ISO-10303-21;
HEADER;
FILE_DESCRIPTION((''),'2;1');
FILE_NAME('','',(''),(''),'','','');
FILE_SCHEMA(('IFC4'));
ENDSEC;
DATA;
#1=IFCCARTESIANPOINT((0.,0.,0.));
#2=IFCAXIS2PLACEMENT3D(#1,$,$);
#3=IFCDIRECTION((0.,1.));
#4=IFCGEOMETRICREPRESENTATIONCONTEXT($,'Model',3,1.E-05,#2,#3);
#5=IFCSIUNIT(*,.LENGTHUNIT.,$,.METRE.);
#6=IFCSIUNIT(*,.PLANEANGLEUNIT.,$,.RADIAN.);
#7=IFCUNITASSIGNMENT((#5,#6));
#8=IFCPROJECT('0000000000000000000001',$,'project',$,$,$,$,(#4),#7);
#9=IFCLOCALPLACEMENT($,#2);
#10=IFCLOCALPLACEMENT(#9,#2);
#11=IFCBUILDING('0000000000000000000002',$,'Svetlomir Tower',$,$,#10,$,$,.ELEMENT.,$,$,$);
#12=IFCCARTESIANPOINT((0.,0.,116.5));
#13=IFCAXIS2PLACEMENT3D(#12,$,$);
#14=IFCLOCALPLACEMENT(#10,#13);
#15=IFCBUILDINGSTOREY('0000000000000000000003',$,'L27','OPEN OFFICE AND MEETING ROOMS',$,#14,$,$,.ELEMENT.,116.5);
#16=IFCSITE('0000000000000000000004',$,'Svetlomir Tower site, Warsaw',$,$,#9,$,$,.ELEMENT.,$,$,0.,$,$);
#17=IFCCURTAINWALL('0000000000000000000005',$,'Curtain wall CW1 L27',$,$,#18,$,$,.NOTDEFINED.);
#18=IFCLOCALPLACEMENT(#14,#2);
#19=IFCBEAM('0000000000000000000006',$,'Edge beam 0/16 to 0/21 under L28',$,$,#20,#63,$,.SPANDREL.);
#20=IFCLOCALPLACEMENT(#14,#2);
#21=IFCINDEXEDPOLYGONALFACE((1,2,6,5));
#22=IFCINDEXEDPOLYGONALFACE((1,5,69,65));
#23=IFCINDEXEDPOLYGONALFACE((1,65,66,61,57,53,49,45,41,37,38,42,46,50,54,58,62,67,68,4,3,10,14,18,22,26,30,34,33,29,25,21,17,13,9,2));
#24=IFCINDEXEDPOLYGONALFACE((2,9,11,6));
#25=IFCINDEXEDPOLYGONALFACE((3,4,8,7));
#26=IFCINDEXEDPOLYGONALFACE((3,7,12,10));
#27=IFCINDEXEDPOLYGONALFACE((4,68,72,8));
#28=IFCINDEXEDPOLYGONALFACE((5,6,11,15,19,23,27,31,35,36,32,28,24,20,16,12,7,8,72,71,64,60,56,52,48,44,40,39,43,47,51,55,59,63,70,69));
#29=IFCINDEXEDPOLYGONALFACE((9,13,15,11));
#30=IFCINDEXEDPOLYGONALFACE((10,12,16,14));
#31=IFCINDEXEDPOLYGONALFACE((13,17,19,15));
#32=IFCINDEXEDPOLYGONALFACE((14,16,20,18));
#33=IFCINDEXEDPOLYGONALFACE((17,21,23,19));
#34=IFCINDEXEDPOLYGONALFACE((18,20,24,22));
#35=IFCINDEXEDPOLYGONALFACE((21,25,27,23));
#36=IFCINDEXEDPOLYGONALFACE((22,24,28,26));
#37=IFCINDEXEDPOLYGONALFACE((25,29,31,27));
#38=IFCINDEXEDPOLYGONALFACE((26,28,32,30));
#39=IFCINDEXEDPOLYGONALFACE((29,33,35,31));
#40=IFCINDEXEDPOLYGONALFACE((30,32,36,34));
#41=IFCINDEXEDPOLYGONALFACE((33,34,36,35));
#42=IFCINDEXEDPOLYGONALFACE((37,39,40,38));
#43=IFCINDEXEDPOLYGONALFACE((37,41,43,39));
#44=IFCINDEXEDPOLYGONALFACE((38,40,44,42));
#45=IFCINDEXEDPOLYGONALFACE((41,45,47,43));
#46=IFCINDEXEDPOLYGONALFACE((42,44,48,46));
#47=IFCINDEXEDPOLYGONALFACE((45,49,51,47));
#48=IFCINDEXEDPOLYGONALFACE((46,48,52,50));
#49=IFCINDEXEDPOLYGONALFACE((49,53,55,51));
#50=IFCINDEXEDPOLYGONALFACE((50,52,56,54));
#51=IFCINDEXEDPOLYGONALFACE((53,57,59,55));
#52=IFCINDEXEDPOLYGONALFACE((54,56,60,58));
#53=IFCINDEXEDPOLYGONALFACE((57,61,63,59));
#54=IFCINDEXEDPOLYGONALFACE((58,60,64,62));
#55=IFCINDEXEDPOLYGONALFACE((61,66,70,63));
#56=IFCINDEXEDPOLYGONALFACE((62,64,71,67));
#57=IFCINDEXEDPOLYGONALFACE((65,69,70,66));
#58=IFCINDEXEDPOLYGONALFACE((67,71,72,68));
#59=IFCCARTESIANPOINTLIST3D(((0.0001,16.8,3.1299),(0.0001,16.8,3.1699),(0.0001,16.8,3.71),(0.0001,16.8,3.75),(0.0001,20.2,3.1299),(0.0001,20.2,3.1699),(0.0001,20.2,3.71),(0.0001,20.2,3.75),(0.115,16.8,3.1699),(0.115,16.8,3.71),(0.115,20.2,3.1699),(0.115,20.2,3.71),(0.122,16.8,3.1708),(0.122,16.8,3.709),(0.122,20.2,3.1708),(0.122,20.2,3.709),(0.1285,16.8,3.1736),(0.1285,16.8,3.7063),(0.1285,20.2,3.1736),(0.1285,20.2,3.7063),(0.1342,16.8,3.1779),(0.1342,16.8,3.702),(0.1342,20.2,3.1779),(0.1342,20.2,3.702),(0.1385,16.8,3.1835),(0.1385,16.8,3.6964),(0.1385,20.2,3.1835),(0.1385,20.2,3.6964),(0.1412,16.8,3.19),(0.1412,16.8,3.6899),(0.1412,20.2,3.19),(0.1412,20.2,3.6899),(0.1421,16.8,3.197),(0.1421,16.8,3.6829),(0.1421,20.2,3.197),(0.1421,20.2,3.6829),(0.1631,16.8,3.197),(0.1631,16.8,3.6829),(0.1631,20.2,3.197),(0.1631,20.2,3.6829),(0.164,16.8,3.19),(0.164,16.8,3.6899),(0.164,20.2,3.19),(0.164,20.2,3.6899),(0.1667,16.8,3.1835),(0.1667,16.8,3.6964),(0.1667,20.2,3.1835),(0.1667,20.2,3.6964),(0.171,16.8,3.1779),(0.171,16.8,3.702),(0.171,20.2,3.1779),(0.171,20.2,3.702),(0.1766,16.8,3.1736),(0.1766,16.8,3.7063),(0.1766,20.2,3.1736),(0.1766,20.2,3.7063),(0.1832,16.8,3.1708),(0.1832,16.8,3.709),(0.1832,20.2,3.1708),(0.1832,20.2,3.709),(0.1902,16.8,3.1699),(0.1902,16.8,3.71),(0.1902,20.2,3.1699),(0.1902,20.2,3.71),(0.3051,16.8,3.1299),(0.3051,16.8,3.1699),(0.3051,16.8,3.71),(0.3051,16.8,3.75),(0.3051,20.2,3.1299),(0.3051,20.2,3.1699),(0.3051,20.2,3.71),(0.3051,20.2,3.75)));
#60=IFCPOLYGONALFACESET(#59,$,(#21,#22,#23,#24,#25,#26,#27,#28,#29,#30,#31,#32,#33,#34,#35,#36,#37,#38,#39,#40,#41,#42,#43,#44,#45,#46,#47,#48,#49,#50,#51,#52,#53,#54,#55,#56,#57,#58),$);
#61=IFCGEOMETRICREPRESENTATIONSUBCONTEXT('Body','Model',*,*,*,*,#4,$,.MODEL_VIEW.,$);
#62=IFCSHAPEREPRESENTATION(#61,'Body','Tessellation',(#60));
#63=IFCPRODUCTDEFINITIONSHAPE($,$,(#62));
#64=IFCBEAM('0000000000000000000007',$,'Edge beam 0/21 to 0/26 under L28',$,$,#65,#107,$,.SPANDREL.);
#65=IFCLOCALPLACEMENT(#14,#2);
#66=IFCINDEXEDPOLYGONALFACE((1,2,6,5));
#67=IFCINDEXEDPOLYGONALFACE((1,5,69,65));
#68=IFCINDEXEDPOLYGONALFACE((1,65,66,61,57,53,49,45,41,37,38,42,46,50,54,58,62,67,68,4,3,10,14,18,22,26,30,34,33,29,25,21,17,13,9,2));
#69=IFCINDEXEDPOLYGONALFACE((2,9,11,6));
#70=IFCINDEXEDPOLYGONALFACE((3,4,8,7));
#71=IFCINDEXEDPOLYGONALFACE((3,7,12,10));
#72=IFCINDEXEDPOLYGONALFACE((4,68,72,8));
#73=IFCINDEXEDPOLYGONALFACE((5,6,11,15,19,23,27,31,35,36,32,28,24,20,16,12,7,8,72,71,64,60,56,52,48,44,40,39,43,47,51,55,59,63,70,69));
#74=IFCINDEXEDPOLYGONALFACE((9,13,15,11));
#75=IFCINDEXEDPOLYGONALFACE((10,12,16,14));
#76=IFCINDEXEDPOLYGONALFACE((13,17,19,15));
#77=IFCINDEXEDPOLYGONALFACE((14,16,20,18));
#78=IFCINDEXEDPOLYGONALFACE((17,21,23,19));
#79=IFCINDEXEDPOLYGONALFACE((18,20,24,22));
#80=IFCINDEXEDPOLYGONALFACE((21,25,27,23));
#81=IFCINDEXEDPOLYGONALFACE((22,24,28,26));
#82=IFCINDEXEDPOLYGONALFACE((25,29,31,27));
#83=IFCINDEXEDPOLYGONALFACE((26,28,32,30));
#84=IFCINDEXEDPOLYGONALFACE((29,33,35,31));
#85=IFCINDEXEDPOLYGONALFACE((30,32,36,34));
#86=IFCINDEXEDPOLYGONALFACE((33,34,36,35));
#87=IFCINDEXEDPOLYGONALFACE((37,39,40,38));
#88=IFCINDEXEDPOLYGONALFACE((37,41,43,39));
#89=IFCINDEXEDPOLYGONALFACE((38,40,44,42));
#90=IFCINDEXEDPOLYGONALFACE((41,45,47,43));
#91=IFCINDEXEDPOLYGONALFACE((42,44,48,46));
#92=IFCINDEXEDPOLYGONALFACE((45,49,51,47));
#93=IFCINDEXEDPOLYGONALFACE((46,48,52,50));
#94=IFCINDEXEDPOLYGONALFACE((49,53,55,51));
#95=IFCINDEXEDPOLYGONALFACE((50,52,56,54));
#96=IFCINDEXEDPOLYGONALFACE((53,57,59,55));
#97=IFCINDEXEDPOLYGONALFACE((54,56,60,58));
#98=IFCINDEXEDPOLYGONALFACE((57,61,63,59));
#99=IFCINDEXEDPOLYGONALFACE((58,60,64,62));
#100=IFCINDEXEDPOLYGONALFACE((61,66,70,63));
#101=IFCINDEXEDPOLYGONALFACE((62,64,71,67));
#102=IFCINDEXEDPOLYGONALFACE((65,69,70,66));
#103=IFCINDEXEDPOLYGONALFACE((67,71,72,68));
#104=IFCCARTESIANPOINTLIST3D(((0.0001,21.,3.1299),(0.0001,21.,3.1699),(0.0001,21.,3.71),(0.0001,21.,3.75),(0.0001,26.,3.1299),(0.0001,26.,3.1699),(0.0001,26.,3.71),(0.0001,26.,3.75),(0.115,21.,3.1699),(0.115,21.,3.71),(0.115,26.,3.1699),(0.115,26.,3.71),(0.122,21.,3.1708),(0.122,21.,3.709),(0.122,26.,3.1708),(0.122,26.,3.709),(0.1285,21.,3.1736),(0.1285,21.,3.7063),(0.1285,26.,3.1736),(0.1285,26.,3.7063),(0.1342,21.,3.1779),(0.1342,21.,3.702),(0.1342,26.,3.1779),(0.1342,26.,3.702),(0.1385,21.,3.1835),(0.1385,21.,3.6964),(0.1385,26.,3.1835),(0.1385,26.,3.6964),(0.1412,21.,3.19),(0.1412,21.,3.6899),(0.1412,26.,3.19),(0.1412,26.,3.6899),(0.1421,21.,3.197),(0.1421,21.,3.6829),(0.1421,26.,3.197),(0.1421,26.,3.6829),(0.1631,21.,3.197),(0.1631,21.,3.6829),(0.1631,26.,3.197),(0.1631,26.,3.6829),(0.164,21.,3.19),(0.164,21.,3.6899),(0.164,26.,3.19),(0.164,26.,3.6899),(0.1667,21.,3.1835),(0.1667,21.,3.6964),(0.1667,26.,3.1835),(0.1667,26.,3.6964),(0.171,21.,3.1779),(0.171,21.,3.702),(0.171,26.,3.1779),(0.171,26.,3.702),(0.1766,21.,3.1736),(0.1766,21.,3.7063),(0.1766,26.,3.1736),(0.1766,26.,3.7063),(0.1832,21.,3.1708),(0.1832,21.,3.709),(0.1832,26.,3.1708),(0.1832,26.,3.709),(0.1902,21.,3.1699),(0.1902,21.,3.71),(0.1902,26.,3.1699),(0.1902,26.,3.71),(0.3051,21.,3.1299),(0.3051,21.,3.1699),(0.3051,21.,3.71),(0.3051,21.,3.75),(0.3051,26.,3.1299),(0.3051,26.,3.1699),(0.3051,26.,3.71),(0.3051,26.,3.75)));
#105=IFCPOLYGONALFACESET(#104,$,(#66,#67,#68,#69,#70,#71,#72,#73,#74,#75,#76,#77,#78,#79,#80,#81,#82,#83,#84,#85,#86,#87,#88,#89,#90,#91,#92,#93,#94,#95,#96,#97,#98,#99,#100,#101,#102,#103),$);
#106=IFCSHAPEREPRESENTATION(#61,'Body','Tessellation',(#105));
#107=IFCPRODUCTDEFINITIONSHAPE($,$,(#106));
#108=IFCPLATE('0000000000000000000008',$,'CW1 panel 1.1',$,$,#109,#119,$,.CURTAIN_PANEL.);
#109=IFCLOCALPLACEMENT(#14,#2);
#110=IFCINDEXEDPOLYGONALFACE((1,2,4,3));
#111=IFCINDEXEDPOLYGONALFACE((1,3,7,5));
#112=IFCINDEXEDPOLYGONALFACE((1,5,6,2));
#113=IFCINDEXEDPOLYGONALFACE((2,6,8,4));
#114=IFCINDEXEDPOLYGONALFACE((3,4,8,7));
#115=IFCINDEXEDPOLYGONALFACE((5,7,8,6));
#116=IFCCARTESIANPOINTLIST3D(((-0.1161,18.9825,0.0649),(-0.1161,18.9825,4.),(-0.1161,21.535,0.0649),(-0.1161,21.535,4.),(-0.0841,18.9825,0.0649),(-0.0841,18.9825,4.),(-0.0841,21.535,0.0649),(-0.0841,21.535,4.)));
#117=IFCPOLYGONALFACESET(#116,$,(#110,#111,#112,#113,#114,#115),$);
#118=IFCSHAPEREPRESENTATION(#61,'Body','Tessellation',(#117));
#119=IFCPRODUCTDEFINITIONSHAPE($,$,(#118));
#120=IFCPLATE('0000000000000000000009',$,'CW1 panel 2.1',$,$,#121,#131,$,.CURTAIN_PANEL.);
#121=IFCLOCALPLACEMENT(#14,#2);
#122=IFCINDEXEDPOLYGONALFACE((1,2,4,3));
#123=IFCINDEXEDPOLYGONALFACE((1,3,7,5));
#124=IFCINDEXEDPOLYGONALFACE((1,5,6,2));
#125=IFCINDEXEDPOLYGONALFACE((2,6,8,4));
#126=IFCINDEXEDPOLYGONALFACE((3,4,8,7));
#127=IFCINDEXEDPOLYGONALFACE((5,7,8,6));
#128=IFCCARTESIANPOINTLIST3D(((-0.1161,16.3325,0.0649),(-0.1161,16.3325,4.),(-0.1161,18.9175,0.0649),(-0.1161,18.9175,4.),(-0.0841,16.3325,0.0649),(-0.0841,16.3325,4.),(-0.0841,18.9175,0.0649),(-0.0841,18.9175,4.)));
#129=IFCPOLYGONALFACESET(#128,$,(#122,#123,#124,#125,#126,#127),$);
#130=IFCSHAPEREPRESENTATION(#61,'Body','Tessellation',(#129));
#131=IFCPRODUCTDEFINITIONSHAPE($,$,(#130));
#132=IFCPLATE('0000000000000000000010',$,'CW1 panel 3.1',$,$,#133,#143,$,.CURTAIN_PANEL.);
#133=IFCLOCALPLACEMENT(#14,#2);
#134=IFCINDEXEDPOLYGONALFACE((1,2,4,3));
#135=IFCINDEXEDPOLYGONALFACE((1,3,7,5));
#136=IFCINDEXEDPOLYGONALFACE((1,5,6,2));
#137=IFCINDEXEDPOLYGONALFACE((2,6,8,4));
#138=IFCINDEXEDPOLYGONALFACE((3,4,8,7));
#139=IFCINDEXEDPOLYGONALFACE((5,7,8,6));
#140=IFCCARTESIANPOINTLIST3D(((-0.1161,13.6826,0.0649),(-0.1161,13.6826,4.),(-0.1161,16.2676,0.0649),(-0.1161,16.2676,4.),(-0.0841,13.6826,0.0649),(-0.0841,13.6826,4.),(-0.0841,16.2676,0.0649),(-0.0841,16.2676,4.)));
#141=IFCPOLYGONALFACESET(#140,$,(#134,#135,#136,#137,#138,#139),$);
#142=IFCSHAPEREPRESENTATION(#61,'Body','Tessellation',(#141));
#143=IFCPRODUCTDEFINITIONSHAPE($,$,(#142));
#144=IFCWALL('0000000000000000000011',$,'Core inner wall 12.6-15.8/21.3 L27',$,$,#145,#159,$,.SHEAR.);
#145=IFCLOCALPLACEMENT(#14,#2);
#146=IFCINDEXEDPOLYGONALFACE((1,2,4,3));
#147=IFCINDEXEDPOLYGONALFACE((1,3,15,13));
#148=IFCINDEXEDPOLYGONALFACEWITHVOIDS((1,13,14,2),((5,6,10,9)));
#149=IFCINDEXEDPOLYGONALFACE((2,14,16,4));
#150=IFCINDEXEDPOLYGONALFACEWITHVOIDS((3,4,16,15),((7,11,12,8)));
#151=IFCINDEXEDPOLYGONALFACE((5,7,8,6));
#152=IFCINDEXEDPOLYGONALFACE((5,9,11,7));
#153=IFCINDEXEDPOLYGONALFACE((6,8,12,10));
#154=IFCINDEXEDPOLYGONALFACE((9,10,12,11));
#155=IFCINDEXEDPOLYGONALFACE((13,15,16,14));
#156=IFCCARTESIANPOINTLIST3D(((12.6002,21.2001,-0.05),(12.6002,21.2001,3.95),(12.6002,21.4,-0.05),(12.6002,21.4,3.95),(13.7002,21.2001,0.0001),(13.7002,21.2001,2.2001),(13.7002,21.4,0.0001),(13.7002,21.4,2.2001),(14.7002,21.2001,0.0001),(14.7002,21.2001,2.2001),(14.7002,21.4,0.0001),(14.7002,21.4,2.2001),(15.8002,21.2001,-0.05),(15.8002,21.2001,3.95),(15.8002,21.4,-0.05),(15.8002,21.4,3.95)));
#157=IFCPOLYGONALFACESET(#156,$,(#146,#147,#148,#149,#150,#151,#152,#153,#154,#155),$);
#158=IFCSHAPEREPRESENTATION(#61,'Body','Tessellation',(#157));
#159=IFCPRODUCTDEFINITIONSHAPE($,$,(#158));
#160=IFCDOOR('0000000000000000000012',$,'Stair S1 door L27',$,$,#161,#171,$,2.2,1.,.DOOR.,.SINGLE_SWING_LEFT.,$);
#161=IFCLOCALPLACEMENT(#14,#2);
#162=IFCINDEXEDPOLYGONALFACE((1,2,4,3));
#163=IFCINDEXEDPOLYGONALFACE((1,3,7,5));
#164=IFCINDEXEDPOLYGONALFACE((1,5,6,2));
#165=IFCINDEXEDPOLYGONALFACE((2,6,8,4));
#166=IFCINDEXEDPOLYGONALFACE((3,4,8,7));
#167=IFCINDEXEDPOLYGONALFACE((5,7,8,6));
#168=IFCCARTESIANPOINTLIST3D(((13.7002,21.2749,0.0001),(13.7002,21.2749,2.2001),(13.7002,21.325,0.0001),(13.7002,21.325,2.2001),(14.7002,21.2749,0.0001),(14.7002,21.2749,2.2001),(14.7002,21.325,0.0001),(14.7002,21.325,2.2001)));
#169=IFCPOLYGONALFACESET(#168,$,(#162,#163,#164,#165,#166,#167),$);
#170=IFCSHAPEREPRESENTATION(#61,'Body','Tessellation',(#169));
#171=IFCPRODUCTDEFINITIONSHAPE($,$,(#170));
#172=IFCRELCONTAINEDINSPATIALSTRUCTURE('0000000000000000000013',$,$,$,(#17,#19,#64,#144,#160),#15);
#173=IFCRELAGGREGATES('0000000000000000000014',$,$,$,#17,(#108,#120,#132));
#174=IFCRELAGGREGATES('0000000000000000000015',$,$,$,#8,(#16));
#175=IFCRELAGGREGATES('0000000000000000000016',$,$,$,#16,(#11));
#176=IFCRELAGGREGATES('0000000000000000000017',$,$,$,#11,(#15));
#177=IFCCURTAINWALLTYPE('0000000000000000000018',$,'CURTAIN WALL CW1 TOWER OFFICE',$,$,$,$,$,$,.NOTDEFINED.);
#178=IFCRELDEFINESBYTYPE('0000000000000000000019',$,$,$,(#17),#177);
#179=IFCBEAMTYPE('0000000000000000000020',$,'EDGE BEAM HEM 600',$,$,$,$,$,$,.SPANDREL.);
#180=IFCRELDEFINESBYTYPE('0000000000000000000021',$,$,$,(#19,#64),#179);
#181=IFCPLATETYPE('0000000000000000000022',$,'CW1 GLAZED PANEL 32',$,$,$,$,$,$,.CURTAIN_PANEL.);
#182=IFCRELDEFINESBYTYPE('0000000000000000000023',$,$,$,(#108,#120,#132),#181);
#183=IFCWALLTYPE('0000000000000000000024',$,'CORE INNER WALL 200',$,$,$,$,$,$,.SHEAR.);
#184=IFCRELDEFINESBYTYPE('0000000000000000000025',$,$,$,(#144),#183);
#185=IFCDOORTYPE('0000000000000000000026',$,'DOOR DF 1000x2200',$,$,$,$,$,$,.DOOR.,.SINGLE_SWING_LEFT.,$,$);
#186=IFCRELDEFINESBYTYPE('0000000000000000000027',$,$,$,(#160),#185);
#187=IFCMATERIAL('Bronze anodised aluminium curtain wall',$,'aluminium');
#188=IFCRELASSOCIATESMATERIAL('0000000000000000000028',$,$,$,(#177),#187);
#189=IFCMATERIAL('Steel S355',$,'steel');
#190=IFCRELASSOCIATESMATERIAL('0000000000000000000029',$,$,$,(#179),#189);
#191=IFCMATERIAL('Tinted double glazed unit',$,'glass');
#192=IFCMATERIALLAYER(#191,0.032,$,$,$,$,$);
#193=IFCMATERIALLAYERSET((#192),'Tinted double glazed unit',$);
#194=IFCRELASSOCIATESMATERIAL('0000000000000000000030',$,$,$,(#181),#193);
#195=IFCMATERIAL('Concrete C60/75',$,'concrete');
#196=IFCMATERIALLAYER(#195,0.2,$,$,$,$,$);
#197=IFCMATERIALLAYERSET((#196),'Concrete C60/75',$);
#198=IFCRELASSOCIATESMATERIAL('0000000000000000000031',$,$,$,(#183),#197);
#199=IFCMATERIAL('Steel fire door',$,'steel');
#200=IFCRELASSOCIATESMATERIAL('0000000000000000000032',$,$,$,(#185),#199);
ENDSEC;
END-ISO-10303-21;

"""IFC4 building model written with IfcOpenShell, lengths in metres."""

from ifc_helpers import new_model, si_unit, direction, frame, frame_2d, origin, origin_2d, place, context, subcontext, project, spatial, rectangle, i_section, extrude, material, layer, layer_set, material_profile, profile_set, type_object, element, fill, aggregate, save


model = new_model("IFC4")

# Units and contexts
model_context = context("Model", 3, precision=1e-05, world=origin(), true_north=direction((0.0, 1.0)))
body_context = subcontext(model_context, "Body", "Model", "MODEL_VIEW")
ifc_project = project(units=[si_unit("LENGTHUNIT", "METRE"), si_unit("PLANEANGLEUNIT", "RADIAN")], contexts=[model_context])

# Site, building, storey
site_placement = place(None, origin())
site = spatial("IfcSite", under=ifc_project, at=site_placement, Name="Svetlomir Tower site, Warsaw", CompositionType="ELEMENT", RefElevation=0.0)
building_placement = place(site_placement, origin())
building = spatial("IfcBuilding", under=site, at=building_placement, Name="Svetlomir Tower", CompositionType="ELEMENT")
storey_placement = place(building_placement, frame((0.0, 0.0, 116.5)))
storey = spatial("IfcBuildingStorey", under=building, at=storey_placement, Name="L27", Description="OPEN OFFICE AND MEETING ROOMS", CompositionType="ELEMENT", Elevation=116.5)

# Curtain wall
ifc_material_1 = material(Name="Bronze anodised aluminium curtain wall", Category="aluminium")
curtain_wall_type = type_object("IfcCurtainWallType", Name="CURTAIN WALL CW1 TOWER OFFICE", PredefinedType="NOTDEFINED", material=ifc_material_1)
curtain_wall_placement = place(storey_placement, origin())
curtain_wall = element("IfcCurtainWall", 1, at=curtain_wall_placement, inside=storey, type_object=curtain_wall_type, Name="Curtain wall CW1 L27", PredefinedType="NOTDEFINED")

# Beams
ifc_material_2 = material(Name="Steel S355", Category="steel")
ifc_material_profile_1 = material_profile(ifc_material_2, i_section(OverallWidth=0.3049, OverallDepth=0.6201, WebThickness=0.021, FlangeThickness=0.04, FilletRadius=0.0271, at=origin_2d()), Name="HEM 600")
ifc_profile_set_1 = profile_set([ifc_material_profile_1], Name="Steel S355")
beam_type_1 = type_object("IfcBeamType", Name="EDGE BEAM HEM 600", PredefinedType="SPANDREL", material=ifc_profile_set_1)
beam_1_placement = place(storey_placement, frame((0.1526, 16.8, 3.4399), z_axis=(0.0, 1.0, 0.0), x_axis=(-1.0, 0.0, 0.0)))
element("IfcBeam", 2, at=beam_1_placement, inside=storey, type_object=beam_type_1, Name="Edge beam 0/16 to 0/21 under L28", PredefinedType="SPANDREL", context=body_context, shape_type="SweptSolid", body=[
    extrude(i_section(OverallWidth=0.3049, OverallDepth=0.6201, WebThickness=0.021, FlangeThickness=0.04, FilletRadius=0.0271, at=origin_2d()), origin(), (0.0, 0.0, 1.0), 3.3999),
])
beam_2_placement = place(storey_placement, frame((0.1526, 21.0, 3.4399), z_axis=(0.0, 1.0, 0.0), x_axis=(-1.0, 0.0, 0.0)))
element("IfcBeam", 3, at=beam_2_placement, inside=storey, type_object=beam_type_1, Name="Edge beam 0/21 to 0/26 under L28", PredefinedType="SPANDREL", context=body_context, shape_type="SweptSolid", body=[
    extrude(i_section(OverallWidth=0.3049, OverallDepth=0.6201, WebThickness=0.021, FlangeThickness=0.04, FilletRadius=0.0271, at=origin_2d()), origin(), (0.0, 0.0, 1.0), 5.0),
])

# Plates
ifc_material_3 = material(Name="Tinted double glazed unit", Category="glass")
ifc_layer_1 = layer(ifc_material_3, 0.032)
ifc_layer_set_1 = layer_set([ifc_layer_1], Name="Tinted double glazed unit")
plate_type = type_object("IfcPlateType", Name="CW1 GLAZED PANEL 32", PredefinedType="CURTAIN_PANEL", material=ifc_layer_set_1)
plate_1_placement = place(storey_placement, frame((-0.1001, 20.2588, 0.0649), z_axis=(0.0, 0.0, 1.0), x_axis=(0.0, -1.0, 0.0)))
plate_1 = element("IfcPlate", 4, at=plate_1_placement, type_object=plate_type, Name="CW1 panel 1.1", PredefinedType="CURTAIN_PANEL", context=body_context, shape_type="SweptSolid", body=[
    extrude(rectangle(XDim=2.5525, YDim=0.032, at=origin_2d()), origin(), (0.0, 0.0, 1.0), 3.9351),
])
plate_2_placement = place(storey_placement, frame((-0.1001, 17.625, 0.0649), z_axis=(0.0, 0.0, 1.0), x_axis=(0.0, -1.0, 0.0)))
plate_2 = element("IfcPlate", 5, at=plate_2_placement, type_object=plate_type, Name="CW1 panel 2.1", PredefinedType="CURTAIN_PANEL", context=body_context, shape_type="SweptSolid", body=[
    extrude(rectangle(XDim=2.585, YDim=0.032, at=origin_2d()), origin(), (0.0, 0.0, 1.0), 3.9351),
])
plate_3_placement = place(storey_placement, frame((-0.1001, 14.9751, 0.0649), z_axis=(0.0, 0.0, 1.0), x_axis=(0.0, -1.0, 0.0)))
plate_3 = element("IfcPlate", 6, at=plate_3_placement, type_object=plate_type, Name="CW1 panel 3.1", PredefinedType="CURTAIN_PANEL", context=body_context, shape_type="SweptSolid", body=[
    extrude(rectangle(XDim=2.585, YDim=0.032, at=origin_2d()), origin(), (0.0, 0.0, 1.0), 3.9351),
])
aggregate(curtain_wall, [plate_1, plate_2, plate_3])

# Wall, opening, door
ifc_material_4 = material(Name="Concrete C60/75", Category="concrete")
ifc_layer_2 = layer(ifc_material_4, 0.2)
ifc_layer_set_2 = layer_set([ifc_layer_2], Name="Concrete C60/75")
wall_type_1 = type_object("IfcWallType", Name="CORE INNER WALL 200", PredefinedType="SHEAR", material=ifc_layer_set_2)
wall_1_placement = place(storey_placement, frame((12.6001, 21.3, -0.05), z_axis=(0.0, 0.0, 1.0), x_axis=(1.0, 0.0, 0.0)))
wall_1 = element("IfcWall", 7, at=wall_1_placement, inside=storey, type_object=wall_type_1, Name="Core inner wall 12.6-15.8/21.3 L27", PredefinedType="SHEAR", context=body_context, shape_type="SweptSolid", body=[
    extrude(rectangle(XDim=3.2, YDim=0.2, at=frame_2d((1.6001, 0.0))), origin(), (0.0, 0.0, 1.0), 4.0),
])
opening_1_placement = place(wall_1_placement, frame((1.1001, 0.0, 0.05)))
opening_1 = element("IfcOpeningElement", 8, at=opening_1_placement, cuts=wall_1, PredefinedType="OPENING", context=body_context, shape_type="SweptSolid", body=[
    extrude(rectangle(XDim=1.0, YDim=2.2, at=frame_2d((0.5, 1.1001))), frame((0.0, 0.1099, 0.0), z_axis=(0.0, -1.0, 0.0), x_axis=(1.0, 0.0, 0.0)), (0.0, 0.0, 1.0), 0.22),
])
ifc_material_5 = material(Name="Steel fire door", Category="steel")
door_type_1 = type_object("IfcDoorType", Name="DOOR DF 1000x2200", OperationType="SINGLE_SWING_LEFT", PredefinedType="DOOR", material=ifc_material_5)
door_1_placement = place(opening_1_placement, origin())
door_1 = element("IfcDoor", 9, at=door_1_placement, inside=storey, type_object=door_type_1, Name="Stair S1 door L27", OperationType="SINGLE_SWING_LEFT", OverallHeight=2.2, OverallWidth=1.0, PredefinedType="DOOR", context=body_context, shape_type="SweptSolid", body=[
    extrude(rectangle(XDim=1.0, YDim=2.2, at=frame_2d((0.5, 1.1001))), frame((0.0, 0.0249, 0.0), z_axis=(0.0, -1.0, 0.0), x_axis=(1.0, 0.0, 0.0)), (0.0, 0.0, 1.0), 0.05),
])
fill(opening_1, door_1)

save(model, "model.ifc")
